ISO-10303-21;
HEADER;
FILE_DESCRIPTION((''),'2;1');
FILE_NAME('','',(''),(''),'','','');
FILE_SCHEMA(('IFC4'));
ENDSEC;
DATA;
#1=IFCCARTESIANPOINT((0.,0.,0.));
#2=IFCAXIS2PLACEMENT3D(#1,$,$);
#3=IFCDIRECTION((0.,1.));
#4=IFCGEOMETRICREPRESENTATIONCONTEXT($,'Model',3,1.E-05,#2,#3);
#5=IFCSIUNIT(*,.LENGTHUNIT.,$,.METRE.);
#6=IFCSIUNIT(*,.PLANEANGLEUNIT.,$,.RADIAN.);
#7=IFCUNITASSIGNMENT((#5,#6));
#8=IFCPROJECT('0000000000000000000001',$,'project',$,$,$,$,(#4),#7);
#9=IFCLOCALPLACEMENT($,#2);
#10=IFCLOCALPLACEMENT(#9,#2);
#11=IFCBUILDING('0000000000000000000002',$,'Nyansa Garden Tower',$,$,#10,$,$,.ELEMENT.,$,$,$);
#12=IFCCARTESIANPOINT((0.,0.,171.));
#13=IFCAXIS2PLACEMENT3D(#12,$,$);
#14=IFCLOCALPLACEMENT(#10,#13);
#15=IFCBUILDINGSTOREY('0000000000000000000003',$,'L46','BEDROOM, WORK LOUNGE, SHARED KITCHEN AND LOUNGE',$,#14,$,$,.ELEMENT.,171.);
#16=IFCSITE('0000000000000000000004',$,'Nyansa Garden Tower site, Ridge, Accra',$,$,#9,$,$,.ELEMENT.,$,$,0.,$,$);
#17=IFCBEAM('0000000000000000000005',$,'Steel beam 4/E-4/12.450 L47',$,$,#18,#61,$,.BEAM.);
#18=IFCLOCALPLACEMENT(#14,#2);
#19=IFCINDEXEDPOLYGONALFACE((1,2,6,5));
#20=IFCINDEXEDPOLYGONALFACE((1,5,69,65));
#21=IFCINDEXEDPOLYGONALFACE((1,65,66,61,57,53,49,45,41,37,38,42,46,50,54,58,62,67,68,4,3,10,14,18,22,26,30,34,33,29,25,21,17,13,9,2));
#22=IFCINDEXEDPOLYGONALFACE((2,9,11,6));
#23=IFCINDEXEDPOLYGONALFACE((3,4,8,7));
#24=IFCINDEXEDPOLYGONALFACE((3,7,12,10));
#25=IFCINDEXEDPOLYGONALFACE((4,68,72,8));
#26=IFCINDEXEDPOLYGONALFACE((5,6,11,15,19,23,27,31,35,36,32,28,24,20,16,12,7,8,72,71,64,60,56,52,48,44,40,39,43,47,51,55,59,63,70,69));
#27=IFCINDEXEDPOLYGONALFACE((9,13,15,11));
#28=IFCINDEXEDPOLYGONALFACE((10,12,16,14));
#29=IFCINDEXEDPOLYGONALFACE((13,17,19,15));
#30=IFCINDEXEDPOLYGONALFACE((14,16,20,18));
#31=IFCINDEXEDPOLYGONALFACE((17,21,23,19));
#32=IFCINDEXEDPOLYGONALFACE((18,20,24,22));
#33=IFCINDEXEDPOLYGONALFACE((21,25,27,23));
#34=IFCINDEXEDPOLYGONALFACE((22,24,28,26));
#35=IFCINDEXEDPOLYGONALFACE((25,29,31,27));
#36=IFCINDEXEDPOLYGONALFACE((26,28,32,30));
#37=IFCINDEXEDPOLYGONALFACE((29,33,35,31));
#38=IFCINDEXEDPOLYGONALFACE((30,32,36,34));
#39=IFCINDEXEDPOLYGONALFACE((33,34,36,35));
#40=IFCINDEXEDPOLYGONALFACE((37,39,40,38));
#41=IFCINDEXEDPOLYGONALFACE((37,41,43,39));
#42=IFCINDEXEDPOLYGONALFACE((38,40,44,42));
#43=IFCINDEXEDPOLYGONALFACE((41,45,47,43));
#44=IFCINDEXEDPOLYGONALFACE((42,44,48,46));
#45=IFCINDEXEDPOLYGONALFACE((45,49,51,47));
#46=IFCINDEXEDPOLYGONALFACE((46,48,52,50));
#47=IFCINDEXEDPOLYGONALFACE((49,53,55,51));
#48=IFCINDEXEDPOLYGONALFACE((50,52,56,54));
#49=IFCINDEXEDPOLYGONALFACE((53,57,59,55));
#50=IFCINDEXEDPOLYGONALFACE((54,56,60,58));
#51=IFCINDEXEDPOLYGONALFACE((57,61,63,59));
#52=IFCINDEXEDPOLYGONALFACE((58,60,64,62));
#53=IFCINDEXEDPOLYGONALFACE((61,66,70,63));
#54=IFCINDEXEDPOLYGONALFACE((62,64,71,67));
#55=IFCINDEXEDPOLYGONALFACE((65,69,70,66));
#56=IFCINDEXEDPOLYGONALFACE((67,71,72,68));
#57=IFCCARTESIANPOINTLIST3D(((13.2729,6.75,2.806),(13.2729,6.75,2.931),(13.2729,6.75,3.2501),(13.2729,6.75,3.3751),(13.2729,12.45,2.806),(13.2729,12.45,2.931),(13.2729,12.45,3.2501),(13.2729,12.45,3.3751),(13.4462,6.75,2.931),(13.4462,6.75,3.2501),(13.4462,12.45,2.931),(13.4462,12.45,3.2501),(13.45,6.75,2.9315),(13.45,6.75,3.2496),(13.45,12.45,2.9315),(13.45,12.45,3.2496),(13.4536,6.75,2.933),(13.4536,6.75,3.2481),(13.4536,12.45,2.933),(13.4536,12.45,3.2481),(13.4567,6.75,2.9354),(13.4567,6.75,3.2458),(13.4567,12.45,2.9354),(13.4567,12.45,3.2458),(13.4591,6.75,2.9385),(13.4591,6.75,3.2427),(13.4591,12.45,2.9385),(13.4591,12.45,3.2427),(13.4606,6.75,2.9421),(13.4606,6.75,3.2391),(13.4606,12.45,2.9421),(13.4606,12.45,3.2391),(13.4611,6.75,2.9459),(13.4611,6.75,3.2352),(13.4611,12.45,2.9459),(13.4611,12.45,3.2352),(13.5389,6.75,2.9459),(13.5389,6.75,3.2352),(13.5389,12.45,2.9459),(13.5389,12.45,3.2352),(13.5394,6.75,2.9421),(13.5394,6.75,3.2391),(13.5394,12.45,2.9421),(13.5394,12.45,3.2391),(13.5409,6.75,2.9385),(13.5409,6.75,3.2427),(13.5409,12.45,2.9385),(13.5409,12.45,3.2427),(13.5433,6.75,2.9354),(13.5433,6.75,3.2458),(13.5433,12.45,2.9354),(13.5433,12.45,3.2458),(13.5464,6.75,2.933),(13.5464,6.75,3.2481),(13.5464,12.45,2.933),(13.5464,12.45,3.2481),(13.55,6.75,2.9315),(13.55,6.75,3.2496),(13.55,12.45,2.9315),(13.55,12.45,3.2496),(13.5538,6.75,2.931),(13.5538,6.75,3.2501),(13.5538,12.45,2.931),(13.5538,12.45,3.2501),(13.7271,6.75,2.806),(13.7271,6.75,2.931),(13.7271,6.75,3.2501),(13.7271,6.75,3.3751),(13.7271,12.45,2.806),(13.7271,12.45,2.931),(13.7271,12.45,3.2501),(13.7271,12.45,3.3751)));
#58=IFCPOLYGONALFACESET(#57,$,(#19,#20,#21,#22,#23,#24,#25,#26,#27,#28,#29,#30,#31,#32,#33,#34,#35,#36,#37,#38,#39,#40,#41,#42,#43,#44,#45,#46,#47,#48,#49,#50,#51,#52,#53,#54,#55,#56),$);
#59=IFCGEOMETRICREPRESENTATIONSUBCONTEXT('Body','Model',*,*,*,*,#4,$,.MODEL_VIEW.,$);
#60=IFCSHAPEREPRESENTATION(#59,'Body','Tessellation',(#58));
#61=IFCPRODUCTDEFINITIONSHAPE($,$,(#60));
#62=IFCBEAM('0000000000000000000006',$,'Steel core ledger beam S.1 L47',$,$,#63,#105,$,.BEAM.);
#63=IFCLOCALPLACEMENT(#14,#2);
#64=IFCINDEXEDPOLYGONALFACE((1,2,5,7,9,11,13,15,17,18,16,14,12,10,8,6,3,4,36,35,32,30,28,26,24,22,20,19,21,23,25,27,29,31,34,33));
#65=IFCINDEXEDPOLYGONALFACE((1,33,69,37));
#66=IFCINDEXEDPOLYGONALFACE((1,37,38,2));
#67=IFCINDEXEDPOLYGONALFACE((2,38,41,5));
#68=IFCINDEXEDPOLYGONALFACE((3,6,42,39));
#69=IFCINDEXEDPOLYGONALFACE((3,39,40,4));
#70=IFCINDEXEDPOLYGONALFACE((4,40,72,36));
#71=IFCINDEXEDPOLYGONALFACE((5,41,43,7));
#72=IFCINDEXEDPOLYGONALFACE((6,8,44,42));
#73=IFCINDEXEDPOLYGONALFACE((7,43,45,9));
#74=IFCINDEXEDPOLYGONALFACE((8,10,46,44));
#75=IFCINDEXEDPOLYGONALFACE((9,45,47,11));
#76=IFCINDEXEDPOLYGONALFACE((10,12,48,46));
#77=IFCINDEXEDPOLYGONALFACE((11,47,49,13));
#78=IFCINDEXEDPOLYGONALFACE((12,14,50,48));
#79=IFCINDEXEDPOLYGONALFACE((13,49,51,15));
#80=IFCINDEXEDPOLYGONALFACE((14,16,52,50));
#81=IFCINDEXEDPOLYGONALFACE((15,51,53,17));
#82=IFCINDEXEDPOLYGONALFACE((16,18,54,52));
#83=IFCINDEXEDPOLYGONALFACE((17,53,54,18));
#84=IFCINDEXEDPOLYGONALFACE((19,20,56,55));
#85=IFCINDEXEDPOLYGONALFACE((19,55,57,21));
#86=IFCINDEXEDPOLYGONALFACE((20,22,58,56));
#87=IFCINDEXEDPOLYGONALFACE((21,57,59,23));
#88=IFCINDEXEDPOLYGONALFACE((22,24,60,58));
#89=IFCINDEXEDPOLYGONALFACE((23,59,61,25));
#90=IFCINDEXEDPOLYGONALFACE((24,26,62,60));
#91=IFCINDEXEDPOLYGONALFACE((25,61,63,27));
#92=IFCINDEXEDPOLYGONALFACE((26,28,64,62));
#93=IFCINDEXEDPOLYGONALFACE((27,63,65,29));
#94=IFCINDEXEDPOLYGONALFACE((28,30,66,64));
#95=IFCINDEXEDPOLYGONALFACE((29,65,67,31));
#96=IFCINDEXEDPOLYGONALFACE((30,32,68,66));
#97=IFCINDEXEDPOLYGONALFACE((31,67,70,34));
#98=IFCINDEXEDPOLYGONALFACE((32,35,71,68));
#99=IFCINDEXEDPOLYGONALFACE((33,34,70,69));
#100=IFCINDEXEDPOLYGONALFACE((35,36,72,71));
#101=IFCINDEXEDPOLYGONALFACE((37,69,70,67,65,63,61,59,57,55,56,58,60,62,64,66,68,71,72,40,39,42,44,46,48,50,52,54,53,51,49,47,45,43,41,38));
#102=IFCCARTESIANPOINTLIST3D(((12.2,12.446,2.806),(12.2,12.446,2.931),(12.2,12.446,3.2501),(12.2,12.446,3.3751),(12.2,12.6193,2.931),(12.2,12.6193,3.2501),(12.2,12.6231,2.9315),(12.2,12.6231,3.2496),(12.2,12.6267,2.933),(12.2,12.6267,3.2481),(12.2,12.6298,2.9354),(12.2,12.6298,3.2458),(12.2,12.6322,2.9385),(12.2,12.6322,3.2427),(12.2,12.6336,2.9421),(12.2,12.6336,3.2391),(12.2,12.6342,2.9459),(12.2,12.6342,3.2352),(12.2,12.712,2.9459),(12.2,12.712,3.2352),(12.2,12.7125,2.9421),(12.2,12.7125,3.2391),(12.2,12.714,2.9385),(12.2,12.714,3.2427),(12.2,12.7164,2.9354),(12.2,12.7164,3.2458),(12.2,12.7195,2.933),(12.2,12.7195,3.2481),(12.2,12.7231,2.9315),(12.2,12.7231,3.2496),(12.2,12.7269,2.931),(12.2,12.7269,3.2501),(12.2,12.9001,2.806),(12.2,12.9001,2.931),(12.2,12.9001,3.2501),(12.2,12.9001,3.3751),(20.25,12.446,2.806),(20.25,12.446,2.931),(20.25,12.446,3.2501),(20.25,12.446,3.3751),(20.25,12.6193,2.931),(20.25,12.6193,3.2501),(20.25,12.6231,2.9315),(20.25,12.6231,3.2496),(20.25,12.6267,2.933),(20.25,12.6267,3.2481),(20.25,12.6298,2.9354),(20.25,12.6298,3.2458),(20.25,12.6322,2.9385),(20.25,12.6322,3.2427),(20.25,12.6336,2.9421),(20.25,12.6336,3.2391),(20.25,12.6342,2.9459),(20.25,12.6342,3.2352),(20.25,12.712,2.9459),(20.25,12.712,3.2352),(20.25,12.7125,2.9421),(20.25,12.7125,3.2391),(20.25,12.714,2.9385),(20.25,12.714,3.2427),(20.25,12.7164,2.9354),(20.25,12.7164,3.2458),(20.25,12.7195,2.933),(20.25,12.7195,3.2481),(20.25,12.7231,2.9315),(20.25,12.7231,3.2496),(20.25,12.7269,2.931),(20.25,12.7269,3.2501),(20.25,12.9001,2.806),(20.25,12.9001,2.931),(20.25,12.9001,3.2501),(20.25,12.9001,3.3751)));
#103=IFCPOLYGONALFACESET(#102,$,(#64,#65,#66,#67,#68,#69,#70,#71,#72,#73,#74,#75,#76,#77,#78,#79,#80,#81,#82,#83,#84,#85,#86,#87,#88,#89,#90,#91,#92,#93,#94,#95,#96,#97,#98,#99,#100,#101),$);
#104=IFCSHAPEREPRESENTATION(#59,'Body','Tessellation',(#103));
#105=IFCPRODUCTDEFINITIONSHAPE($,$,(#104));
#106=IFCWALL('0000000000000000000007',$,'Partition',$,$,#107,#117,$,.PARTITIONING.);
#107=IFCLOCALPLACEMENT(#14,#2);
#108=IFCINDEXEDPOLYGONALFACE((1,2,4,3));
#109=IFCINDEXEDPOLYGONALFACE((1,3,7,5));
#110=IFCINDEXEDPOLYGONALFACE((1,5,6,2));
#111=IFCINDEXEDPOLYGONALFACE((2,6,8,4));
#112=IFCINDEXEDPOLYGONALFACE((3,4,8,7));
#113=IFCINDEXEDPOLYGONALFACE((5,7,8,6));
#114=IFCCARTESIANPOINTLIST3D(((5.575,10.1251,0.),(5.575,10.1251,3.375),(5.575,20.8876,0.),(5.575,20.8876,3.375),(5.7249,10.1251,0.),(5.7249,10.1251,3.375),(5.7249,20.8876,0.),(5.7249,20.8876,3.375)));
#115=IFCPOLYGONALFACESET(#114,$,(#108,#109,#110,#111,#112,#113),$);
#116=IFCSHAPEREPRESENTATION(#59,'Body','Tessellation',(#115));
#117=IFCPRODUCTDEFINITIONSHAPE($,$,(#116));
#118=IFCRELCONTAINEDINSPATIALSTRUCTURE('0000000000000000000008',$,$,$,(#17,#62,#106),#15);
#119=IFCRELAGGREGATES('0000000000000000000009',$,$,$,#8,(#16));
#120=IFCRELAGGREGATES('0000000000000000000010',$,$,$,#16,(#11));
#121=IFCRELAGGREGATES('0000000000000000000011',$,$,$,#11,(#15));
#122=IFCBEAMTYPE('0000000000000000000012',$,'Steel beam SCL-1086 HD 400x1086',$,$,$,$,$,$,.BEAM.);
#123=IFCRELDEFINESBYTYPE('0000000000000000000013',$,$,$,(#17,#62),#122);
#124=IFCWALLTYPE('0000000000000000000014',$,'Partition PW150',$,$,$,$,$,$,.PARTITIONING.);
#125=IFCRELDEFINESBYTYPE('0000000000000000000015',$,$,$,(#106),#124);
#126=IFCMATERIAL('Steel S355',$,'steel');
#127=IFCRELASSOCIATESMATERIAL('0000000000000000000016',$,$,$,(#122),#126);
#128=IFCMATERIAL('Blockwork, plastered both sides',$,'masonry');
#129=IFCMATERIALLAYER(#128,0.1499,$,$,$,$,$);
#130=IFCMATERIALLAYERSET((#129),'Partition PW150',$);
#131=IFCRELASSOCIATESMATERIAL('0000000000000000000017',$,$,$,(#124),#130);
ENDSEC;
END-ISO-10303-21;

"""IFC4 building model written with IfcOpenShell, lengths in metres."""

from ifc_helpers import new_model, si_unit, direction, frame, frame_2d, origin, origin_2d, place, context, subcontext, project, spatial, rectangle, i_section, extrude, material, layer, layer_set, material_profile, profile_set, type_object, element, save


model = new_model("IFC4")

# Units and contexts
model_context = context("Model", 3, precision=1e-05, world=origin(), true_north=direction((0.0, 1.0)))
body_context = subcontext(model_context, "Body", "Model", "MODEL_VIEW")
ifc_project = project(units=[si_unit("LENGTHUNIT", "METRE"), si_unit("PLANEANGLEUNIT", "RADIAN")], contexts=[model_context])

# Site, building, storey
site_placement = place(None, origin())
site = spatial("IfcSite", under=ifc_project, at=site_placement, Name="Nyansa Garden Tower site, Ridge, Accra", CompositionType="ELEMENT", RefElevation=0.0)
building_placement = place(site_placement, origin())
building = spatial("IfcBuilding", under=site, at=building_placement, Name="Nyansa Garden Tower", CompositionType="ELEMENT")
storey_placement = place(building_placement, frame((0.0, 0.0, 171.0)))
storey = spatial("IfcBuildingStorey", under=building, at=storey_placement, Name="L46", Description="BEDROOM, WORK LOUNGE, SHARED KITCHEN AND LOUNGE", CompositionType="ELEMENT", Elevation=171.0)

# Beams
ifc_material_1 = material(Name="Steel S355", Category="steel")
ifc_material_profile_1 = material_profile(ifc_material_1, i_section(OverallWidth=0.4541, OverallDepth=0.5691, WebThickness=0.0779, FlangeThickness=0.125, FilletRadius=0.0149, at=origin_2d()), Name="HD 400x1086")
ifc_profile_set_1 = profile_set([ifc_material_profile_1], Name="Steel S355")
beam_type_1 = type_object("IfcBeamType", Name="Steel beam SCL-1086 HD 400x1086", PredefinedType="BEAM", material=ifc_profile_set_1)
beam_1_placement = place(storey_placement, frame((13.5, 6.75, 3.0906), z_axis=(0.0, 1.0, 0.0), x_axis=(-1.0, 0.0, 0.0)))
element("IfcBeam", 1, at=beam_1_placement, inside=storey, type_object=beam_type_1, Name="Steel beam 4/E-4/12.450 L47", PredefinedType="BEAM", context=body_context, shape_type="SweptSolid", body=[
    extrude(i_section(OverallWidth=0.4541, OverallDepth=0.5691, WebThickness=0.0779, FlangeThickness=0.125, FilletRadius=0.0149, at=origin_2d()), origin(), (0.0, 0.0, 1.0), 5.7),
])
beam_2_placement = place(storey_placement, frame((12.2, 12.6731, 3.0906), z_axis=(1.0, 0.0, 0.0), x_axis=(0.0, 1.0, 0.0)))
element("IfcBeam", 2, at=beam_2_placement, inside=storey, type_object=beam_type_1, Name="Steel core ledger beam S.1 L47", PredefinedType="BEAM", context=body_context, shape_type="SweptSolid", body=[
    extrude(i_section(OverallWidth=0.4541, OverallDepth=0.5691, WebThickness=0.0779, FlangeThickness=0.125, FilletRadius=0.0149, at=origin_2d()), origin(), (0.0, 0.0, 1.0), 8.05),
])

# Wall
ifc_material_2 = material(Name="Blockwork, plastered both sides", Category="masonry")
ifc_layer_1 = layer(ifc_material_2, 0.1499)
ifc_layer_set_1 = layer_set([ifc_layer_1], Name="Partition PW150")
wall_type_1 = type_object("IfcWallType", Name="Partition PW150", PredefinedType="PARTITIONING", material=ifc_layer_set_1)
wall_1_placement = place(storey_placement, frame((5.6499, 10.125, 0.0), z_axis=(0.0, 0.0, 1.0), x_axis=(0.0, 1.0, 0.0)))
element("IfcWall", 3, at=wall_1_placement, inside=storey, type_object=wall_type_1, Name="Partition", PredefinedType="PARTITIONING", context=body_context, shape_type="SweptSolid", body=[
    extrude(rectangle(XDim=10.7625, YDim=0.1499, at=frame_2d((5.3813, 0.0))), origin(), (0.0, 0.0, 1.0), 3.375),
])

save(model, "model.ifc")
